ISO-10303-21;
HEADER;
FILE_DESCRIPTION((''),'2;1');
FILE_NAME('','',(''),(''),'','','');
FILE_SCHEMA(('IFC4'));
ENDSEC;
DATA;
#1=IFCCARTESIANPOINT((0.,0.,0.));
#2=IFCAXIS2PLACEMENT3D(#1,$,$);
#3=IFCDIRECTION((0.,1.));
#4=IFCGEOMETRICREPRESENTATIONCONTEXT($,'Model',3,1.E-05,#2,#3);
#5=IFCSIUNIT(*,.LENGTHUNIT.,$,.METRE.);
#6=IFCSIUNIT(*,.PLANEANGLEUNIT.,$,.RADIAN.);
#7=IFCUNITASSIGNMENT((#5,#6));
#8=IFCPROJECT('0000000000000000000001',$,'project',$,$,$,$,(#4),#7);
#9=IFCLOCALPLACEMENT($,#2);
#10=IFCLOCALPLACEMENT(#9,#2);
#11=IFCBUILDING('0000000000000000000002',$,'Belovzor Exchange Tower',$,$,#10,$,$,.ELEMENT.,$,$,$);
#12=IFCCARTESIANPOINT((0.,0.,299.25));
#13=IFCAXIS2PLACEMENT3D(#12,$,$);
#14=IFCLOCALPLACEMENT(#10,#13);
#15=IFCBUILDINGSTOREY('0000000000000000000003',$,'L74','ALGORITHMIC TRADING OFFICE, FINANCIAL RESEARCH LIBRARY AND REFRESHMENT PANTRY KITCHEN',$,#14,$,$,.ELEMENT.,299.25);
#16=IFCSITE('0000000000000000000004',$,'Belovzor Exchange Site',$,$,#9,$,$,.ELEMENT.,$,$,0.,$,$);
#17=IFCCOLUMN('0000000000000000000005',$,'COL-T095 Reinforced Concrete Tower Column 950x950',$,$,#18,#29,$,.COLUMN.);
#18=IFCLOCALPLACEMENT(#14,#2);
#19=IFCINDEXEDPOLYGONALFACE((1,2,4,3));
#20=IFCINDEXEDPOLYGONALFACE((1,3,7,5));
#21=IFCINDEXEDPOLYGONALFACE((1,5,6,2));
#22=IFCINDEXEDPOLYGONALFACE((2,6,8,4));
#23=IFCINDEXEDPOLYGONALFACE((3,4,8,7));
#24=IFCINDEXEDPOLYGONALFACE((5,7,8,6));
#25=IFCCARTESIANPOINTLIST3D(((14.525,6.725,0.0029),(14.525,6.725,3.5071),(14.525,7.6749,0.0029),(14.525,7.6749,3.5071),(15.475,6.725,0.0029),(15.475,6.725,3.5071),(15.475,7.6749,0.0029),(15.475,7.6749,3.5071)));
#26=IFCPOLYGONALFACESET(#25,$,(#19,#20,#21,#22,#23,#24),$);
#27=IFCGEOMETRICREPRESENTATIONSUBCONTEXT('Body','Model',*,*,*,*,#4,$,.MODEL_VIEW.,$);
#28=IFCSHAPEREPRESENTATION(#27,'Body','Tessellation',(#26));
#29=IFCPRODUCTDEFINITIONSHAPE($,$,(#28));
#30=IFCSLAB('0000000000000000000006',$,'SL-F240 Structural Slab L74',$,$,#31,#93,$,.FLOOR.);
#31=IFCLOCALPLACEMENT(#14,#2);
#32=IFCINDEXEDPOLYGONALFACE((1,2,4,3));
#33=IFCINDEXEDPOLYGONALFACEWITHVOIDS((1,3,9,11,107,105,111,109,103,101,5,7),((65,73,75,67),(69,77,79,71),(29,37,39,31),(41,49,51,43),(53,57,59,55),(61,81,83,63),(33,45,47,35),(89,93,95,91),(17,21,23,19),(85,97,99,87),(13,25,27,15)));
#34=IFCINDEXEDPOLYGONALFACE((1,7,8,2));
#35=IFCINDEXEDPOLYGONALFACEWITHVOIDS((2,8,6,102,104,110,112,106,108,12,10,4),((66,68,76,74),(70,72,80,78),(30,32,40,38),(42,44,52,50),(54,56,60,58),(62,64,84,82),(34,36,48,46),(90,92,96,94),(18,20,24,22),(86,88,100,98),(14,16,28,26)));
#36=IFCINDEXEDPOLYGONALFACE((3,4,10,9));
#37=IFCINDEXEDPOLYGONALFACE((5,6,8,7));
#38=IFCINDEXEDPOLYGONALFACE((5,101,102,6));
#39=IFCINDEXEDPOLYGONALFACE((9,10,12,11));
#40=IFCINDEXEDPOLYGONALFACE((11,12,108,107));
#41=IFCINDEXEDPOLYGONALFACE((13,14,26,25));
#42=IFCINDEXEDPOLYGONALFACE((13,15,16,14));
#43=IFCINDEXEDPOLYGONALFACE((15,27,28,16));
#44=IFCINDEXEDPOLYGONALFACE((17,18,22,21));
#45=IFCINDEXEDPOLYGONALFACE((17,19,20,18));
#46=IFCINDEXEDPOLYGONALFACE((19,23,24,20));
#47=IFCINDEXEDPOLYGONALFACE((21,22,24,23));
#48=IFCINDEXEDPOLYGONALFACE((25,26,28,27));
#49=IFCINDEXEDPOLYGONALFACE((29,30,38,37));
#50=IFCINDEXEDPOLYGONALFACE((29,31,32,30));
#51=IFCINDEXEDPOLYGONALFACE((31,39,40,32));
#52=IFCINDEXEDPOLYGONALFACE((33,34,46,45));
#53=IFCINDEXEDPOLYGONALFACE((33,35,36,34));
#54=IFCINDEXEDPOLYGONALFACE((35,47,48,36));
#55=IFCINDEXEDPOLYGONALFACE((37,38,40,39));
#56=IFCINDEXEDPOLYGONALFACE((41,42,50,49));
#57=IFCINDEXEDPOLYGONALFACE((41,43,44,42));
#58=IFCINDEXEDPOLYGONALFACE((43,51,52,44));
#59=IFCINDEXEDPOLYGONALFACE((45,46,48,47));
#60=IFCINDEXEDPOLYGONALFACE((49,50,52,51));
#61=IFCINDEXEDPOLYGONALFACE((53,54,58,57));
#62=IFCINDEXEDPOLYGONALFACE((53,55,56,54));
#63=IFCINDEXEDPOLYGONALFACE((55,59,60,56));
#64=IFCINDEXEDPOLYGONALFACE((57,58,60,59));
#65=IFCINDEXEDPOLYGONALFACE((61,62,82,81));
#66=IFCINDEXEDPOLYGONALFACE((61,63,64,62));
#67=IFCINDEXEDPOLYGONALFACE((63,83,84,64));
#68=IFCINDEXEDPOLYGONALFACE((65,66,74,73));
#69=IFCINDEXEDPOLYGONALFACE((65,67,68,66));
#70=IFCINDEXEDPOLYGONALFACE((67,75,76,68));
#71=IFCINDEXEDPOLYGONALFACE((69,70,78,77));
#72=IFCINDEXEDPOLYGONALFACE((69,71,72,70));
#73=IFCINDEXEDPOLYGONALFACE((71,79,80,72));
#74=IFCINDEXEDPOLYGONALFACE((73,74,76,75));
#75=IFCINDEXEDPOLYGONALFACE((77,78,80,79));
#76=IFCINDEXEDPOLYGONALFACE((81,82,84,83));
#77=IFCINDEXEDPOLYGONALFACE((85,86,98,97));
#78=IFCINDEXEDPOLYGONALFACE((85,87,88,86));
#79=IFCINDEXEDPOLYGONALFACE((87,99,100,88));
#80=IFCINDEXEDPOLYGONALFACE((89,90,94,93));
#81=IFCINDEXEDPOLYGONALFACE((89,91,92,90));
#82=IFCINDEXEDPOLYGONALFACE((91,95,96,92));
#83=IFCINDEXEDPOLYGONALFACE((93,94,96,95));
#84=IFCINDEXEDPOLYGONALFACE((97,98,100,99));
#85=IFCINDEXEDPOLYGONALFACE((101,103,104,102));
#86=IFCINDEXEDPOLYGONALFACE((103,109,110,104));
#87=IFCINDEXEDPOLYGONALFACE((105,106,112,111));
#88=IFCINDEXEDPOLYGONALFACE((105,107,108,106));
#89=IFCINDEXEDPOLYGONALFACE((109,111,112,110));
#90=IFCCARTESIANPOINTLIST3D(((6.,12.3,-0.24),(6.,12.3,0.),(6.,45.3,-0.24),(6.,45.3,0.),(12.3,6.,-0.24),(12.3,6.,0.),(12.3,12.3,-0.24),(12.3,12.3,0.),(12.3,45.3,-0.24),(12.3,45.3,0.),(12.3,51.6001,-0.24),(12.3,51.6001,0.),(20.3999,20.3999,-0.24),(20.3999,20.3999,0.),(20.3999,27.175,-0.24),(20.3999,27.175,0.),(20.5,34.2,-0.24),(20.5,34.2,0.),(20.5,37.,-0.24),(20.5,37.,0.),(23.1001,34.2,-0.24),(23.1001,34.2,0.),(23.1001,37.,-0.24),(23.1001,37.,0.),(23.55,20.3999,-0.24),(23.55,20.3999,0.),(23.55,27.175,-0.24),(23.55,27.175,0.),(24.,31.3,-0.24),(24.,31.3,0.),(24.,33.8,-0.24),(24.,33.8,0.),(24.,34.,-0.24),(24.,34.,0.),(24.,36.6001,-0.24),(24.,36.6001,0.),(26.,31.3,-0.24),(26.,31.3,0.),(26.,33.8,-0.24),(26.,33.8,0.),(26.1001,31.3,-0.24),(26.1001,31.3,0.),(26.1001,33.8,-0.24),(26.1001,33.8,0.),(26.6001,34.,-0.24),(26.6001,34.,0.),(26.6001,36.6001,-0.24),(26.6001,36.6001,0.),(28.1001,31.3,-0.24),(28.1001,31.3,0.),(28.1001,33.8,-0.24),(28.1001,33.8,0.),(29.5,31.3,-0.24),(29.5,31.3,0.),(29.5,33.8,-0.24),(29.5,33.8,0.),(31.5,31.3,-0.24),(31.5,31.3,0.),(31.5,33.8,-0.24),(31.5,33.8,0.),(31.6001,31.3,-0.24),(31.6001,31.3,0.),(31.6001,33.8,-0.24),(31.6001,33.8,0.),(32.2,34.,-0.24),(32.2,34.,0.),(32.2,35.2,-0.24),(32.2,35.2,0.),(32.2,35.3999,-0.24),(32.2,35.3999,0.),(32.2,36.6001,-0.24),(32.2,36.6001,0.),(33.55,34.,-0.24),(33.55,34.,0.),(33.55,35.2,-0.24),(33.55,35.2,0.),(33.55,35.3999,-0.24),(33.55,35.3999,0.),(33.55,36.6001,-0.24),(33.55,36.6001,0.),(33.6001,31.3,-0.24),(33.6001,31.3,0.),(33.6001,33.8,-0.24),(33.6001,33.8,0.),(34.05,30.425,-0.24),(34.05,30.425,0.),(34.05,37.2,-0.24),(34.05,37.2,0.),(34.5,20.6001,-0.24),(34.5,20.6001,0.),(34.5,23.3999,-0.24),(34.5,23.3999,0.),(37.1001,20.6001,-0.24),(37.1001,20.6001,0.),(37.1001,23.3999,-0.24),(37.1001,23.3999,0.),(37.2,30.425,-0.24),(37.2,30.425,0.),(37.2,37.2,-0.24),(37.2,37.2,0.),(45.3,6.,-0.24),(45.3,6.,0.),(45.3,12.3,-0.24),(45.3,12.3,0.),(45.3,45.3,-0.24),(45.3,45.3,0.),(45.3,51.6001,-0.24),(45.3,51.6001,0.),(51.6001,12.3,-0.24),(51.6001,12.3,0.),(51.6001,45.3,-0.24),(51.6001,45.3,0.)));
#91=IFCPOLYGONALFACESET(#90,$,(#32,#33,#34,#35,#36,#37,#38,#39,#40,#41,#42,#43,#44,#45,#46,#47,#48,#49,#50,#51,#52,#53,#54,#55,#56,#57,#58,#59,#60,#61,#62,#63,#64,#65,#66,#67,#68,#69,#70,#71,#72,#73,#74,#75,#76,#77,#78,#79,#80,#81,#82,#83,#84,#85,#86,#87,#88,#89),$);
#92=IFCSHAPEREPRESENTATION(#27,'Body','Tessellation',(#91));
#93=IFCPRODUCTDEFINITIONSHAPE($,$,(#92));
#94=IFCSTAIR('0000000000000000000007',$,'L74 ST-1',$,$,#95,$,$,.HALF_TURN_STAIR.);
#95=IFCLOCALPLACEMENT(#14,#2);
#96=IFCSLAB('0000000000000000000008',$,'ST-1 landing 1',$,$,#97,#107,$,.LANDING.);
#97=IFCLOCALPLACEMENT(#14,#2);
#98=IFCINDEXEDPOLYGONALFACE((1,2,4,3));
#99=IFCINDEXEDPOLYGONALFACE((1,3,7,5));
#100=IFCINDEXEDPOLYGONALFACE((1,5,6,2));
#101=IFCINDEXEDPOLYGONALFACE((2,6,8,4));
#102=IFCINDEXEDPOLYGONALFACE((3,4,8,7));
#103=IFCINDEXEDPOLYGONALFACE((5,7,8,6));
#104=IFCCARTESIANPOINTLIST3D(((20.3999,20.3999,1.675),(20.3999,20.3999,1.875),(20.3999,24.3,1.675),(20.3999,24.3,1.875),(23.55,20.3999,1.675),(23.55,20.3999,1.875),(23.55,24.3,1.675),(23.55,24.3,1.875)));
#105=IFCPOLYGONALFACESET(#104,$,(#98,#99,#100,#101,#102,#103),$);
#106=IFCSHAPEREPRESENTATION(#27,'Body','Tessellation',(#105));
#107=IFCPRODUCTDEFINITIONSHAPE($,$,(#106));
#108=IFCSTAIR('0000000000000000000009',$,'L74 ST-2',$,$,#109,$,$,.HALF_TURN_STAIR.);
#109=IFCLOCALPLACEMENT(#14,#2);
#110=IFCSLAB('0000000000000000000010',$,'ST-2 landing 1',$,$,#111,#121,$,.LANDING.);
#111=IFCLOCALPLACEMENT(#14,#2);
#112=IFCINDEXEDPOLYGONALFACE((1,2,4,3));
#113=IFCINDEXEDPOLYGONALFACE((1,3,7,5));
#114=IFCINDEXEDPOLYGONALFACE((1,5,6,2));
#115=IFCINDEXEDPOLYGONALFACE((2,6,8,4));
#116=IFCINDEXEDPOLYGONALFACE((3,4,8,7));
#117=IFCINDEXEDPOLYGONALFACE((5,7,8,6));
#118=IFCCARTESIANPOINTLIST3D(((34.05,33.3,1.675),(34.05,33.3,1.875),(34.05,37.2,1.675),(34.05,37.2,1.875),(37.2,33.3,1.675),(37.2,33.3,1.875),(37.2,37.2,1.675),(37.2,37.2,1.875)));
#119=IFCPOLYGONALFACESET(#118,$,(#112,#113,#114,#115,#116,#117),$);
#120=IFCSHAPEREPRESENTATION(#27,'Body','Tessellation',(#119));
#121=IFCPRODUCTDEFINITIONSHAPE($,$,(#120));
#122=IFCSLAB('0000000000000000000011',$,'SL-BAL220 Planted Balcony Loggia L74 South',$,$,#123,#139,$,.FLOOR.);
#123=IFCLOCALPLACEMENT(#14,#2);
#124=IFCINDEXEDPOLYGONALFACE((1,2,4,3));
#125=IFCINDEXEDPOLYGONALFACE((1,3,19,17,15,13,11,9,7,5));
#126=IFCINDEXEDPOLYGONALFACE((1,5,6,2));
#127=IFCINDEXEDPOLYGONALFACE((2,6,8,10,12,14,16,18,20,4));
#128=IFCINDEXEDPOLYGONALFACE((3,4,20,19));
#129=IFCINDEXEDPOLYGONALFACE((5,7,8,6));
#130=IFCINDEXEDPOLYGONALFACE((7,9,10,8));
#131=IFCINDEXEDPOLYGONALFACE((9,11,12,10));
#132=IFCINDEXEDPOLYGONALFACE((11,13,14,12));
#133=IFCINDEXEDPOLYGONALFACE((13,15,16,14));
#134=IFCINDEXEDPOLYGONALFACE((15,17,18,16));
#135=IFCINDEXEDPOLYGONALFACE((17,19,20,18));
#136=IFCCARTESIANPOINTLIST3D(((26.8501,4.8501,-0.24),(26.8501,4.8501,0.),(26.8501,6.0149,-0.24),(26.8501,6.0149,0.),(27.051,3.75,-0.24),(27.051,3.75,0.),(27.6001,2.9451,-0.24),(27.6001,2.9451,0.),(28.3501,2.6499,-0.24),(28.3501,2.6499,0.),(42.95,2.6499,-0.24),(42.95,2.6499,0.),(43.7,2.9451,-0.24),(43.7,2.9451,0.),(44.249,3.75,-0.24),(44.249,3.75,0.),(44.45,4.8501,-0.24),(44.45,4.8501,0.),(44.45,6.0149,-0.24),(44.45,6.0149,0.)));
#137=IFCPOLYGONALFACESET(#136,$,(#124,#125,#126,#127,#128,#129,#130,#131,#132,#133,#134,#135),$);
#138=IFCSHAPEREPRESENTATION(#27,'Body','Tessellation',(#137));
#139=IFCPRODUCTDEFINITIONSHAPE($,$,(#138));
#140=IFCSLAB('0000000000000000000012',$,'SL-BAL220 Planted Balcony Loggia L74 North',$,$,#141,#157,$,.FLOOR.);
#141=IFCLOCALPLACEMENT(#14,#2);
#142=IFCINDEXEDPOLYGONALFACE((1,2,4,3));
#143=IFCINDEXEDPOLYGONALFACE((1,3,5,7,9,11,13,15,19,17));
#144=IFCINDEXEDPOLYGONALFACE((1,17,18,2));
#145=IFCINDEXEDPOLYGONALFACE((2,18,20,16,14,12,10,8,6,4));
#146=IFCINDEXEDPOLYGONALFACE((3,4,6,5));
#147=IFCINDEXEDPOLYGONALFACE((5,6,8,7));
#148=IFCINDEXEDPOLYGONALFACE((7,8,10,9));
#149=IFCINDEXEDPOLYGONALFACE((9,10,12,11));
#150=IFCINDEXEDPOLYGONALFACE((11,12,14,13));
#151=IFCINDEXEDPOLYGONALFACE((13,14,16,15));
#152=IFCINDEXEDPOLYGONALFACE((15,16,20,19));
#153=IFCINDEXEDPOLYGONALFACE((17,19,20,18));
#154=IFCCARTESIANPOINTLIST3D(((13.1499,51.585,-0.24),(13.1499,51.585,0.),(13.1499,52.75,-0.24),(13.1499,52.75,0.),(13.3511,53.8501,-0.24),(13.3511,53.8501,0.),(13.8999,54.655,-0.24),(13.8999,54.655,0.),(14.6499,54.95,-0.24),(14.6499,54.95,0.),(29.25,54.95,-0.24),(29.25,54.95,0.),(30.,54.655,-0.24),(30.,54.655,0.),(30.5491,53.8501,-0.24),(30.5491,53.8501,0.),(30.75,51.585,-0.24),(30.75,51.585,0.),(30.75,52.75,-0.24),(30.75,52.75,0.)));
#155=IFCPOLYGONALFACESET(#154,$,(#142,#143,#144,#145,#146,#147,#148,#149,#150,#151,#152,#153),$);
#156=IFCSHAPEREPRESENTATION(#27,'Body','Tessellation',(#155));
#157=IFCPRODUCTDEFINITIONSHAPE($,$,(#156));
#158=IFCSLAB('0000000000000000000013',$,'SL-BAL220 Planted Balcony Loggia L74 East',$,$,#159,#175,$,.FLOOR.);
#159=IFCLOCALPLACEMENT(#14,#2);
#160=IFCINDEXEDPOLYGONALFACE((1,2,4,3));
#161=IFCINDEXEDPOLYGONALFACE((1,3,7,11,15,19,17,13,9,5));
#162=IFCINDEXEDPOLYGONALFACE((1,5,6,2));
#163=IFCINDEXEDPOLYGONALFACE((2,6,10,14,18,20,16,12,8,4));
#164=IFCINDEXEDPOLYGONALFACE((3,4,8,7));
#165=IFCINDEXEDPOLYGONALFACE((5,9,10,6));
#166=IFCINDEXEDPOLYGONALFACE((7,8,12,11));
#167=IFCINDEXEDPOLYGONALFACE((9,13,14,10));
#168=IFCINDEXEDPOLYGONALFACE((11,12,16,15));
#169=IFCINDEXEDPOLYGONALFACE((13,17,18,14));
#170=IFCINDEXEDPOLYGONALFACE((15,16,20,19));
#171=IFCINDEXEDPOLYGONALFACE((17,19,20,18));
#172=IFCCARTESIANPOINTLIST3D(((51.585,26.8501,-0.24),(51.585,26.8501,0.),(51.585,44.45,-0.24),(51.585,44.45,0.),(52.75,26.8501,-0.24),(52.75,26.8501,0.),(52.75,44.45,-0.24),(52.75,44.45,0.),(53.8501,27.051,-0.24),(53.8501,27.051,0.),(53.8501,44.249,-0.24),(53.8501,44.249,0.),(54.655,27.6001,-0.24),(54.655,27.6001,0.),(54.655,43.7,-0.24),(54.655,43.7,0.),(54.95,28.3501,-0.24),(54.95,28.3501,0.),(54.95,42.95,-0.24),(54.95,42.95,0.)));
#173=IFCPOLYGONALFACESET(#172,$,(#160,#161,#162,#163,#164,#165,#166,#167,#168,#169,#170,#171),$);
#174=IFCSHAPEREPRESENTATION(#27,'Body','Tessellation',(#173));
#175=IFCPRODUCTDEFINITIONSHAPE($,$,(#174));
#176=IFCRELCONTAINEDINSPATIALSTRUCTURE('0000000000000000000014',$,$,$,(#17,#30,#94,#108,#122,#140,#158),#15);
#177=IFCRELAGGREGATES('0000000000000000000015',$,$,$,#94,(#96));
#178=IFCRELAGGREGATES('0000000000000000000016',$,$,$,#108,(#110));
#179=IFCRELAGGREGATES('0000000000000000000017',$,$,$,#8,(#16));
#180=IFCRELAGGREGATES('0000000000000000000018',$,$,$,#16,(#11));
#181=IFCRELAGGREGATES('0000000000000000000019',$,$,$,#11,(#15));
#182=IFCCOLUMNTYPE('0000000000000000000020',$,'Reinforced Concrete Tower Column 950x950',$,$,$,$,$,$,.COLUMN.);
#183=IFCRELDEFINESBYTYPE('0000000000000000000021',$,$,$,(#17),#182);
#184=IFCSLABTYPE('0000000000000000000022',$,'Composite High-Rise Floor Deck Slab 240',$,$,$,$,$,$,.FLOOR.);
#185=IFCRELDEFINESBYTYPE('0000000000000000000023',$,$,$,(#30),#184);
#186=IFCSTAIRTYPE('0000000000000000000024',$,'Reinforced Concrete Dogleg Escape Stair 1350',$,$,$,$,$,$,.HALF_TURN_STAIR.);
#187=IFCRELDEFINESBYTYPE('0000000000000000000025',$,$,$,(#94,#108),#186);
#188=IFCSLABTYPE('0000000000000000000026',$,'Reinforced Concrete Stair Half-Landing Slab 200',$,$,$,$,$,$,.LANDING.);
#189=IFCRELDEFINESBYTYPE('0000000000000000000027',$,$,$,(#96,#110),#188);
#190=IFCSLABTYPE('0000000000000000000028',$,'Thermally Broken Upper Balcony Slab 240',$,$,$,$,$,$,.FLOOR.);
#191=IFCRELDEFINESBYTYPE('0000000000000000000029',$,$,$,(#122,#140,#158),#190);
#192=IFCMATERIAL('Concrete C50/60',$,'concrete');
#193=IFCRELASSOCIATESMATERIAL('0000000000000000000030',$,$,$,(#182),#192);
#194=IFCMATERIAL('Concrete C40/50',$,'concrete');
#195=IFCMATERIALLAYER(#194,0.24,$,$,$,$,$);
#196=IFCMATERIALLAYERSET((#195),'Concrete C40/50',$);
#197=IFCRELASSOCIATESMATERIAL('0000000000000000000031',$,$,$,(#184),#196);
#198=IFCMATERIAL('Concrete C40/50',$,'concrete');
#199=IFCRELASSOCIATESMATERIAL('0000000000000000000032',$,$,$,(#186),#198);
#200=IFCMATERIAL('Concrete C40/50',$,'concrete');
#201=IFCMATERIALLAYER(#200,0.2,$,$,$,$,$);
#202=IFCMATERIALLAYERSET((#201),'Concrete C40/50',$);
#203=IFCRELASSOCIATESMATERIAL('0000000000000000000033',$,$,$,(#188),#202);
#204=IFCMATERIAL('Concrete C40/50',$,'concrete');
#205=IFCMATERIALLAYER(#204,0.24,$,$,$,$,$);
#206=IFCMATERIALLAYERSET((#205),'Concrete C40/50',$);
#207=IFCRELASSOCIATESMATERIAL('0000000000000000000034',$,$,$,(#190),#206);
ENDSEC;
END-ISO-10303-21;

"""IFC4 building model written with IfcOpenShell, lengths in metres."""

from ifc_helpers import new_model, si_unit, direction, frame, origin, origin_2d, place, context, subcontext, project, spatial, polyline, rectangle, outline, extrude, material, layer, layer_set, material_profile, profile_set, type_object, element, aggregate, save


model = new_model("IFC4")

# Units and contexts
model_context = context("Model", 3, precision=1e-05, world=origin(), true_north=direction((0.0, 1.0)))
body_context = subcontext(model_context, "Body", "Model", "MODEL_VIEW")
ifc_project = project(units=[si_unit("LENGTHUNIT", "METRE"), si_unit("PLANEANGLEUNIT", "RADIAN")], contexts=[model_context])

# Site, building, storey
site_placement = place(None, origin())
site = spatial("IfcSite", under=ifc_project, at=site_placement, Name="Belovzor Exchange Site", CompositionType="ELEMENT", RefElevation=0.0)
building_placement = place(site_placement, origin())
building = spatial("IfcBuilding", under=site, at=building_placement, Name="Belovzor Exchange Tower", CompositionType="ELEMENT")
storey_placement = place(building_placement, frame((0.0, 0.0, 299.25)))
storey = spatial("IfcBuildingStorey", under=building, at=storey_placement, Name="L74", Description="ALGORITHMIC TRADING OFFICE, FINANCIAL RESEARCH LIBRARY AND REFRESHMENT PANTRY KITCHEN", CompositionType="ELEMENT", Elevation=299.25)

# Column
ifc_material_1 = material(Name="Concrete C50/60", Category="concrete")
ifc_material_profile = material_profile(ifc_material_1, rectangle(XDim=0.95, YDim=0.95, at=origin_2d()))
ifc_profile_set = profile_set([ifc_material_profile], Name="Concrete C50/60")
column_type = type_object("IfcColumnType", Name="Reinforced Concrete Tower Column 950x950", PredefinedType="COLUMN", material=ifc_profile_set)
column_placement = place(storey_placement, frame((15.0, 7.2, 0.0029), z_axis=(0.0, 0.0, 1.0), x_axis=(1.0, 0.0, 0.0)))
element("IfcColumn", 1, at=column_placement, inside=storey, type_object=column_type, Name="COL-T095 Reinforced Concrete Tower Column 950x950", PredefinedType="COLUMN", context=body_context, shape_type="SweptSolid", body=[
    extrude(rectangle(XDim=0.95, YDim=0.95, at=origin_2d()), origin(), (0.0, 0.0, 1.0), 3.5042),
])

# Slab
ifc_material_2 = material(Name="Concrete C40/50", Category="concrete")
ifc_layer_1 = layer(ifc_material_2, 0.24)
ifc_layer_set_1 = layer_set([ifc_layer_1], Name="Concrete C40/50")
slab_type_1 = type_object("IfcSlabType", Name="Composite High-Rise Floor Deck Slab 240", PredefinedType="FLOOR", material=ifc_layer_set_1)
slab_1_placement = place(storey_placement, frame((0.0, 0.0, -0.24)))
element("IfcSlab", 2, at=slab_1_placement, inside=storey, type_object=slab_type_1, Name="SL-F240 Structural Slab L74", PredefinedType="FLOOR", context=body_context, shape_type="SweptSolid", body=[
    extrude(outline(polyline([(12.3, 6.0), (45.3, 6.0), (45.3, 12.3), (51.6001, 12.3), (51.6001, 45.3), (45.3, 45.3), (45.3, 51.6001), (12.3, 51.6001), (12.3, 45.3), (6.0, 45.3), (6.0, 12.3), (12.3, 12.3), (12.3, 6.0)]), holes=[polyline([(20.3999, 27.175), (20.3999, 20.3999), (23.55, 20.3999), (23.55, 27.175), (20.3999, 27.175)]), polyline([(37.2, 30.425), (37.2, 37.2), (34.05, 37.2), (34.05, 30.425), (37.2, 30.425)]), polyline([(20.5, 34.2), (23.1001, 34.2), (23.1001, 37.0), (20.5, 37.0), (20.5, 34.2)]), polyline([(34.5, 20.6001), (37.1001, 20.6001), (37.1001, 23.3999), (34.5, 23.3999), (34.5, 20.6001)]), polyline([(24.0, 34.0), (26.6001, 34.0), (26.6001, 36.6001), (24.0, 36.6001), (24.0, 34.0)]), polyline([(24.0, 31.3), (26.0, 31.3), (26.0, 33.8), (24.0, 33.8), (24.0, 31.3)]), polyline([(26.1001, 31.3), (28.1001, 31.3), (28.1001, 33.8), (26.1001, 33.8), (26.1001, 31.3)]), polyline([(29.5, 31.3), (31.5, 31.3), (31.5, 33.8), (29.5, 33.8), (29.5, 31.3)]), polyline([(31.6001, 31.3), (33.6001, 31.3), (33.6001, 33.8), (31.6001, 33.8), (31.6001, 31.3)]), polyline([(32.2, 34.0), (33.55, 34.0), (33.55, 35.2), (32.2, 35.2), (32.2, 34.0)]), polyline([(32.2, 35.3999), (33.55, 35.3999), (33.55, 36.6001), (32.2, 36.6001), (32.2, 35.3999)])]), origin(), (0.0, 0.0, 1.0), 0.24),
])

# Stairs, slabs
ifc_material_3 = material(Name="Concrete C40/50", Category="concrete")
stair_type = type_object("IfcStairType", Name="Reinforced Concrete Dogleg Escape Stair 1350", PredefinedType="HALF_TURN_STAIR", material=ifc_material_3)
stair_1_placement = place(storey_placement, origin())
stair_1 = element("IfcStair", 3, at=stair_1_placement, inside=storey, type_object=stair_type, Name="L74 ST-1", PredefinedType="HALF_TURN_STAIR")
ifc_material_4 = material(Name="Concrete C40/50", Category="concrete")
ifc_layer_2 = layer(ifc_material_4, 0.2)
ifc_layer_set_2 = layer_set([ifc_layer_2], Name="Concrete C40/50")
slab_type_2 = type_object("IfcSlabType", Name="Reinforced Concrete Stair Half-Landing Slab 200", PredefinedType="LANDING", material=ifc_layer_set_2)
slab_2_placement = place(storey_placement, frame((0.0, 0.0, 1.675)))
slab_2 = element("IfcSlab", 4, at=slab_2_placement, type_object=slab_type_2, Name="ST-1 landing 1", PredefinedType="LANDING", context=body_context, shape_type="SweptSolid", body=[
    extrude(outline(polyline([(20.3999, 24.3), (20.3999, 20.3999), (23.55, 20.3999), (23.55, 24.3), (20.3999, 24.3)])), origin(), (0.0, 0.0, 1.0), 0.2),
])
aggregate(stair_1, [slab_2])
stair_2_placement = place(storey_placement, origin())
stair_2 = element("IfcStair", 5, at=stair_2_placement, inside=storey, type_object=stair_type, Name="L74 ST-2", PredefinedType="HALF_TURN_STAIR")
slab_3_placement = place(storey_placement, frame((0.0, 0.0, 1.675)))
slab_3 = element("IfcSlab", 6, at=slab_3_placement, type_object=slab_type_2, Name="ST-2 landing 1", PredefinedType="LANDING", context=body_context, shape_type="SweptSolid", body=[
    extrude(outline(polyline([(37.2, 33.3), (37.2, 37.2), (34.05, 37.2), (34.05, 33.3), (37.2, 33.3)])), origin(), (0.0, 0.0, 1.0), 0.2),
])
aggregate(stair_2, [slab_3])

# Slabs
ifc_material_5 = material(Name="Concrete C40/50", Category="concrete")
ifc_layer_3 = layer(ifc_material_5, 0.24)
ifc_layer_set_3 = layer_set([ifc_layer_3], Name="Concrete C40/50")
slab_type_3 = type_object("IfcSlabType", Name="Thermally Broken Upper Balcony Slab 240", PredefinedType="FLOOR", material=ifc_layer_set_3)
slab_4_placement = place(storey_placement, frame((0.0, 0.0, -0.24)))
element("IfcSlab", 7, at=slab_4_placement, inside=storey, type_object=slab_type_3, Name="SL-BAL220 Planted Balcony Loggia L74 South", PredefinedType="FLOOR", context=body_context, shape_type="SweptSolid", body=[
    extrude(outline(polyline([(26.8501, 6.0149), (26.8501, 4.8501), (27.051, 3.75), (27.6001, 2.9451), (28.3501, 2.6499), (42.95, 2.6499), (43.7, 2.9451), (44.249, 3.75), (44.45, 4.8501), (44.45, 6.0149), (26.8501, 6.0149)])), origin(), (0.0, 0.0, 1.0), 0.24),
])
slab_5_placement = place(storey_placement, frame((0.0, 0.0, -0.24)))
element("IfcSlab", 8, at=slab_5_placement, inside=storey, type_object=slab_type_3, Name="SL-BAL220 Planted Balcony Loggia L74 North", PredefinedType="FLOOR", context=body_context, shape_type="SweptSolid", body=[
    extrude(outline(polyline([(30.75, 51.585), (30.75, 52.75), (30.5491, 53.8501), (30.0, 54.655), (29.25, 54.95), (14.6499, 54.95), (13.8999, 54.655), (13.3511, 53.8501), (13.1499, 52.75), (13.1499, 51.585), (30.75, 51.585)])), origin(), (0.0, 0.0, 1.0), 0.24),
])
slab_6_placement = place(storey_placement, frame((0.0, 0.0, -0.24)))
element("IfcSlab", 9, at=slab_6_placement, inside=storey, type_object=slab_type_3, Name="SL-BAL220 Planted Balcony Loggia L74 East", PredefinedType="FLOOR", context=body_context, shape_type="SweptSolid", body=[
    extrude(outline(polyline([(51.585, 26.8501), (52.75, 26.8501), (53.8501, 27.051), (54.655, 27.6001), (54.95, 28.3501), (54.95, 42.95), (54.655, 43.7), (53.8501, 44.249), (52.75, 44.45), (51.585, 44.45), (51.585, 26.8501)])), origin(), (0.0, 0.0, 1.0), 0.24),
])

save(model, "model.ifc")
